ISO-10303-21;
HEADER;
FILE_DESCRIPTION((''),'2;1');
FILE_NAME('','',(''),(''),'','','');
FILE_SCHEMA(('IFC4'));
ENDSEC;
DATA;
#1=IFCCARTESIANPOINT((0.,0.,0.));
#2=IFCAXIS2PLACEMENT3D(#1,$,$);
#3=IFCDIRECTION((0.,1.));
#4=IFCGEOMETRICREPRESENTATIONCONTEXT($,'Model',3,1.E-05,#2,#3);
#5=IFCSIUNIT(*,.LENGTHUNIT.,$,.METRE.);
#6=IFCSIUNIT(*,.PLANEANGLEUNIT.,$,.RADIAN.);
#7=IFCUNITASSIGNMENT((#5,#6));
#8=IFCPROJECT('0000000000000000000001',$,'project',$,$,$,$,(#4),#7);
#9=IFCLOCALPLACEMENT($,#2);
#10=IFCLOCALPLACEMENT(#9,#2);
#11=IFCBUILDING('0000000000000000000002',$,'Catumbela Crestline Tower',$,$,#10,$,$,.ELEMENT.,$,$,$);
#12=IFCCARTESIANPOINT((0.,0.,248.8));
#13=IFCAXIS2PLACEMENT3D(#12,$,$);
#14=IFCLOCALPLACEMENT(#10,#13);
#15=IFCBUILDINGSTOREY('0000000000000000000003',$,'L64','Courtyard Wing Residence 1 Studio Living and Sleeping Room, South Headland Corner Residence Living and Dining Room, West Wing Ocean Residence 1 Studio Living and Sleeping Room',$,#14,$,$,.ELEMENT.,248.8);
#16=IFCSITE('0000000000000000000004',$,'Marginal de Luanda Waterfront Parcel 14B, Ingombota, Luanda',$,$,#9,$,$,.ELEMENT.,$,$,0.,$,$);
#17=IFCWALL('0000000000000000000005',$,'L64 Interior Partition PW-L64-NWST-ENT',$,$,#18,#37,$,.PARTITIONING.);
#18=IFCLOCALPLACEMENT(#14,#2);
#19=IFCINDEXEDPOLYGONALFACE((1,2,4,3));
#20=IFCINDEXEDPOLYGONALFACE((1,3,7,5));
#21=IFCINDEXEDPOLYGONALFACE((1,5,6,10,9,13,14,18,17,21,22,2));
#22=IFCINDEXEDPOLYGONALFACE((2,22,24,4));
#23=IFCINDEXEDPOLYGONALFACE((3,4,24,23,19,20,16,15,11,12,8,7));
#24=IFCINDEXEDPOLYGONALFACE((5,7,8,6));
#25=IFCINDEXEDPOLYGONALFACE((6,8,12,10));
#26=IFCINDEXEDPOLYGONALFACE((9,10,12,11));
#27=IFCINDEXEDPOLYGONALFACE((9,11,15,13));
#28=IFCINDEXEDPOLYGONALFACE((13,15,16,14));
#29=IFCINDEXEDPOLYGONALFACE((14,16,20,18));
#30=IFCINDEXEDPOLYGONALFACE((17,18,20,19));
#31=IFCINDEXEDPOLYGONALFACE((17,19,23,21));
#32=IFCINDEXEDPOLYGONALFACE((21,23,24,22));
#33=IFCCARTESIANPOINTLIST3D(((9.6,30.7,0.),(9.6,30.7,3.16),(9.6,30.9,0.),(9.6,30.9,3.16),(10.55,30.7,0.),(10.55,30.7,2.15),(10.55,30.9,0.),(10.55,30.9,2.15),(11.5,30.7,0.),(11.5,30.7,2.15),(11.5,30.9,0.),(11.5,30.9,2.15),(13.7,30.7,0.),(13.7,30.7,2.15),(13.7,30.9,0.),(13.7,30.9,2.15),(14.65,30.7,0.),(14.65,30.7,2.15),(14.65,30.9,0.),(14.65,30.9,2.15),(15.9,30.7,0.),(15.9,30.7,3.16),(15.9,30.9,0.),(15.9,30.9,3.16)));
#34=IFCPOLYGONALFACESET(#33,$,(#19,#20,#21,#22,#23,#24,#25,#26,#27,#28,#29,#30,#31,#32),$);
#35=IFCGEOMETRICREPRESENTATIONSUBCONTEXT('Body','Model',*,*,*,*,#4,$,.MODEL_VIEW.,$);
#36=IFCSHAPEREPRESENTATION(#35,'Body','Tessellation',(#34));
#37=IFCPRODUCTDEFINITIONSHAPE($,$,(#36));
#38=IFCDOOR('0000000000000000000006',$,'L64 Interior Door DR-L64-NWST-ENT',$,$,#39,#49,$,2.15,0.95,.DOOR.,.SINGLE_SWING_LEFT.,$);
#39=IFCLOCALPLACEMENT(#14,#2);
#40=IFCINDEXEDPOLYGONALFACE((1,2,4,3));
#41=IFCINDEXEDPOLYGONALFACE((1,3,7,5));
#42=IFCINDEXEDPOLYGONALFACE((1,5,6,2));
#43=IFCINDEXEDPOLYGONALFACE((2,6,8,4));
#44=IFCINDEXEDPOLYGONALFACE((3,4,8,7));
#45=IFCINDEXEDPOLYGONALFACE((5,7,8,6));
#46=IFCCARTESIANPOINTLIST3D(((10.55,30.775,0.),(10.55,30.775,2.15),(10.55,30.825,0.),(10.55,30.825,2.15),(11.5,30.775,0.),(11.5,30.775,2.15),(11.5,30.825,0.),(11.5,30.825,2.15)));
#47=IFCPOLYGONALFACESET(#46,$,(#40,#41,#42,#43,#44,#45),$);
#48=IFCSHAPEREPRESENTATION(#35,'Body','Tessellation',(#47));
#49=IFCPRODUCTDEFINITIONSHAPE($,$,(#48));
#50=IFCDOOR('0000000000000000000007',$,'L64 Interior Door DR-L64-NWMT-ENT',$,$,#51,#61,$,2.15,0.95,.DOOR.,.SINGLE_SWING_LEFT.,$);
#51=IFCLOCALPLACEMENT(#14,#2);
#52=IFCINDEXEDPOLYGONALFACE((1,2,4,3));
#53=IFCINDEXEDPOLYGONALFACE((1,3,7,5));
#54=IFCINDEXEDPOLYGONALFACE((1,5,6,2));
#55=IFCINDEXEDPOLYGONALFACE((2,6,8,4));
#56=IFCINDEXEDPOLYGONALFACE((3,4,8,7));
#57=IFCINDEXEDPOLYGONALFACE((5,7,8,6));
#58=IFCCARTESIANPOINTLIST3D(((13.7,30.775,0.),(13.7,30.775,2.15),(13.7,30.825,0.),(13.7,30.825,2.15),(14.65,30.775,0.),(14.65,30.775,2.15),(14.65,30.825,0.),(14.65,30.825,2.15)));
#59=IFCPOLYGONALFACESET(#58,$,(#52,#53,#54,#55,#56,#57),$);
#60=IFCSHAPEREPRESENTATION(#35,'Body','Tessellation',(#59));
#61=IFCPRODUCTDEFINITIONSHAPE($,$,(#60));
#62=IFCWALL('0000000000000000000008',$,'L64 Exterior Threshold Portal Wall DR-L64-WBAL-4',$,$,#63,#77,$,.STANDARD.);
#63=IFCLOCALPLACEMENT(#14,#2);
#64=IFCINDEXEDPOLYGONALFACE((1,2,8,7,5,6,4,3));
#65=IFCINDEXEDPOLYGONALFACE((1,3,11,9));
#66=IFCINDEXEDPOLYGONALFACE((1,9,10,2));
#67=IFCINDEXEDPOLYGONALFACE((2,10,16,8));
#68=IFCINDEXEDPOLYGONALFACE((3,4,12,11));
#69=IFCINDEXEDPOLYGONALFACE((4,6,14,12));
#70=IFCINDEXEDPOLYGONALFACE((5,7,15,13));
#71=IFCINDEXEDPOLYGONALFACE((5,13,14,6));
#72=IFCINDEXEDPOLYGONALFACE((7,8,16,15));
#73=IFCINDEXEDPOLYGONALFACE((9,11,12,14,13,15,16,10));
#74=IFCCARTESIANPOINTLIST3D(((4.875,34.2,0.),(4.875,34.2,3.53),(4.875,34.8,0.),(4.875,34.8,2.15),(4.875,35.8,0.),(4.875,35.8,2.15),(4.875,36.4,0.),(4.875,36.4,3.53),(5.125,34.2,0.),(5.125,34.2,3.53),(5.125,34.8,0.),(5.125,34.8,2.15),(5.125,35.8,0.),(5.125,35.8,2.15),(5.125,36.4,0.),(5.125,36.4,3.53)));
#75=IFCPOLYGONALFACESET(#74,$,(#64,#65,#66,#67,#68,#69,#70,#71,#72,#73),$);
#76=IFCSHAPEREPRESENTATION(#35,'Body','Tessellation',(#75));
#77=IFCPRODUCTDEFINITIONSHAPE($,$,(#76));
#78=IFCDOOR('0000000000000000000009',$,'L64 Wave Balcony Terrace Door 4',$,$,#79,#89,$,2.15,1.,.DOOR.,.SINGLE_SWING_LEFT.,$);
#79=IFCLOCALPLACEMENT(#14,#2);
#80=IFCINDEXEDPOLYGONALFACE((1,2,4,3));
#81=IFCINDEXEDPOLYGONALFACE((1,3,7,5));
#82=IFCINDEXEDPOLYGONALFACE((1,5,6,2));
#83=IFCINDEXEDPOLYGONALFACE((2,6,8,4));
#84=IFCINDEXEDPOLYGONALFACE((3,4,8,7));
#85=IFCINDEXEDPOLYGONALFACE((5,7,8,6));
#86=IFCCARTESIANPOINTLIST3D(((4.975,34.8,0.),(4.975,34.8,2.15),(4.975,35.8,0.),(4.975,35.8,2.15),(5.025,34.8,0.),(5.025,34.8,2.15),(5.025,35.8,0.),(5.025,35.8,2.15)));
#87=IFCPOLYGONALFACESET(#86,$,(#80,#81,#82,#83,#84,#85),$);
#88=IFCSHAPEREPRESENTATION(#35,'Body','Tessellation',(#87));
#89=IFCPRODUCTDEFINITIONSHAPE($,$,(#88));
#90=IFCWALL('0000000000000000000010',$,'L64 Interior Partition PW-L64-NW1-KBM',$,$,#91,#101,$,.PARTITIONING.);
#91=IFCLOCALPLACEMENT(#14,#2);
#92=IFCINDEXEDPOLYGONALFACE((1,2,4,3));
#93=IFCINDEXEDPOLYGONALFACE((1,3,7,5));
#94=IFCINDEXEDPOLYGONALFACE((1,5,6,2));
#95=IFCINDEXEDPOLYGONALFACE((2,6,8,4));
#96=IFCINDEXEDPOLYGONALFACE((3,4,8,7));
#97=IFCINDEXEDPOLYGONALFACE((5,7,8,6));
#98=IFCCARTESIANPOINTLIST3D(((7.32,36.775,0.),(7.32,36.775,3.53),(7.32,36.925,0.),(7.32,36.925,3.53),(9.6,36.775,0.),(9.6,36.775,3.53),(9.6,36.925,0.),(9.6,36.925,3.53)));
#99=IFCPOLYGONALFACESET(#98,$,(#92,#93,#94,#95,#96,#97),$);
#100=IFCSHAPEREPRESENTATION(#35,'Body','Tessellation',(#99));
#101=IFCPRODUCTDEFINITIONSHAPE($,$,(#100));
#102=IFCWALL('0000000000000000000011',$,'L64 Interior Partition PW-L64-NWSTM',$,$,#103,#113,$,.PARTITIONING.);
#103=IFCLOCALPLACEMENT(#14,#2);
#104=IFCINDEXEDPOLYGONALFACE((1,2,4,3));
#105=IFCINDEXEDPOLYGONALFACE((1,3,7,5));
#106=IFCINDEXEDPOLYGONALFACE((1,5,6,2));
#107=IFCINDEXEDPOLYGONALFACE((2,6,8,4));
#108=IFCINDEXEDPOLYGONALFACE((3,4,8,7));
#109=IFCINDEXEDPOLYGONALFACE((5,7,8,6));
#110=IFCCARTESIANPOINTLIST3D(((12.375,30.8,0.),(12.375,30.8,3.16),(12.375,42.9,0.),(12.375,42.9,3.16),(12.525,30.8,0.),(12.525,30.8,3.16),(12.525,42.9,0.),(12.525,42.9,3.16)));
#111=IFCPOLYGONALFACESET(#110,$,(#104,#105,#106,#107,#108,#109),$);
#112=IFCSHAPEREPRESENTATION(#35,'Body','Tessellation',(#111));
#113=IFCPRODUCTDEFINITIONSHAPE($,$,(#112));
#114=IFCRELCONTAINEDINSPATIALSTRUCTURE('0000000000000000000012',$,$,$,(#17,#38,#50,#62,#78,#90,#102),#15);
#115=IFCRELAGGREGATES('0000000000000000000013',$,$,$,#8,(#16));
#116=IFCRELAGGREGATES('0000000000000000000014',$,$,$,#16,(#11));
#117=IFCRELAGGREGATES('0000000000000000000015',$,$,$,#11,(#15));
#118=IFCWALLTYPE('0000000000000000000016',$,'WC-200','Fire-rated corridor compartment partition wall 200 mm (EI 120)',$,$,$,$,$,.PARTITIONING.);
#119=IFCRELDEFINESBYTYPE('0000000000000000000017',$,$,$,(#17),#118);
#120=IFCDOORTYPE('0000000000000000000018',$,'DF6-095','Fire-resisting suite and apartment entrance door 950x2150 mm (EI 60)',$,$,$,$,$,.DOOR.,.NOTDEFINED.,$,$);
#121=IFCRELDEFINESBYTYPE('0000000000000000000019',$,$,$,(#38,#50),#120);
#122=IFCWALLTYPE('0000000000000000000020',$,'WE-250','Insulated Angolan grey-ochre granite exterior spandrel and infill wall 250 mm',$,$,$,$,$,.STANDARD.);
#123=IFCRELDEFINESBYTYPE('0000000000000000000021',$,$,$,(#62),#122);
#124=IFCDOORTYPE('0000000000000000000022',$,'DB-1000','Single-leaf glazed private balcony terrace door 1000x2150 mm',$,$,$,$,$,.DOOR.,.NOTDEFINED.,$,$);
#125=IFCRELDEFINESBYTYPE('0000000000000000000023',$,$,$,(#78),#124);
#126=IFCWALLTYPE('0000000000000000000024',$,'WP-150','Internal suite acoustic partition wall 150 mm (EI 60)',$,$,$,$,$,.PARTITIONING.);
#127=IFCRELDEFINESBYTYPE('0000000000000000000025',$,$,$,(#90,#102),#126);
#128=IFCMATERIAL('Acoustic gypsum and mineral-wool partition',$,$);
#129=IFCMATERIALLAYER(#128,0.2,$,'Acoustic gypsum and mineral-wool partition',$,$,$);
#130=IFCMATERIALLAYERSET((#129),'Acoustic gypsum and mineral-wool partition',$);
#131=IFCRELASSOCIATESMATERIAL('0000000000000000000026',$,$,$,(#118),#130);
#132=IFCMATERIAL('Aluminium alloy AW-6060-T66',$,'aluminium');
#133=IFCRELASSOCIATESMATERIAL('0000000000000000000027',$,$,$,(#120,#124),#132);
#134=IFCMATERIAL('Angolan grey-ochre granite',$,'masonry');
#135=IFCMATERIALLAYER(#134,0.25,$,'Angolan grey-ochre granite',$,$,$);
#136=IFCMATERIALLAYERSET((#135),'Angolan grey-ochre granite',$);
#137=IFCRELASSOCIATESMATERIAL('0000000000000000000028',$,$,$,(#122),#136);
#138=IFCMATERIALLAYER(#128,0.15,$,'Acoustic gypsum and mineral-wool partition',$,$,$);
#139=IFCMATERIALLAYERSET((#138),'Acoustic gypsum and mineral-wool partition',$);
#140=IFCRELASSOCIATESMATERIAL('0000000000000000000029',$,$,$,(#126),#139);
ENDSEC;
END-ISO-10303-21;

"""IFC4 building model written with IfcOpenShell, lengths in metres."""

from ifc_helpers import new_model, si_unit, direction, frame, frame_2d, origin, place, context, subcontext, project, spatial, rectangle, extrude, material, layer, layer_set, type_object, element, fill, save


model = new_model("IFC4")

# Units and contexts
model_context = context("Model", 3, precision=1e-05, world=origin(), true_north=direction((0.0, 1.0)))
body_context = subcontext(model_context, "Body", "Model", "MODEL_VIEW")
ifc_project = project(units=[si_unit("LENGTHUNIT", "METRE"), si_unit("PLANEANGLEUNIT", "RADIAN")], contexts=[model_context])

# Site, building, storey
site_placement = place(None, origin())
site = spatial("IfcSite", under=ifc_project, at=site_placement, Name="Marginal de Luanda Waterfront Parcel 14B, Ingombota, Luanda", CompositionType="ELEMENT", RefElevation=0.0)
building_placement = place(site_placement, origin())
building = spatial("IfcBuilding", under=site, at=building_placement, Name="Catumbela Crestline Tower", CompositionType="ELEMENT")
storey_placement = place(building_placement, frame((0.0, 0.0, 248.8)))
storey = spatial("IfcBuildingStorey", under=building, at=storey_placement, Name="L64", Description="Courtyard Wing Residence 1 Studio Living and Sleeping Room, South Headland Corner Residence Living and Dining Room, West Wing Ocean Residence 1 Studio Living and Sleeping Room", CompositionType="ELEMENT", Elevation=248.8)

# Shared definitions
ifc_material_1 = material(Name="Aluminium alloy AW-6060-T66", Category="aluminium")

# Wall, openings, doors
ifc_material_2 = material(Name="Acoustic gypsum and mineral-wool partition")
ifc_layer_1 = layer(ifc_material_2, 0.2, Name="Acoustic gypsum and mineral-wool partition")
ifc_layer_set_1 = layer_set([ifc_layer_1], Name="Acoustic gypsum and mineral-wool partition")
wall_type_1 = type_object("IfcWallType", Name="WC-200", Description="Fire-rated corridor compartment partition wall 200 mm (EI 120)", PredefinedType="PARTITIONING", material=ifc_layer_set_1)
wall_1_placement = place(storey_placement, frame((9.6, 30.8, 0.0), z_axis=(0.0, 0.0, 1.0), x_axis=(1.0, 0.0, 0.0)))
wall_1 = element("IfcWall", 1, at=wall_1_placement, inside=storey, type_object=wall_type_1, Name="L64 Interior Partition PW-L64-NWST-ENT", PredefinedType="PARTITIONING", context=body_context, shape_type="SweptSolid", body=[
    extrude(rectangle(XDim=6.3, YDim=0.2, at=frame_2d((3.15, 0.0))), origin(), (0.0, 0.0, 1.0), 3.16),
])
opening_1_placement = place(wall_1_placement, frame((0.95, 0.0, 0.0)))
opening_1 = element("IfcOpeningElement", 2, at=opening_1_placement, cuts=wall_1, PredefinedType="OPENING", context=body_context, shape_type="SweptSolid", body=[
    extrude(rectangle(XDim=0.95, YDim=2.15, at=frame_2d((0.475, 1.075))), frame((0.0, 0.11, 0.0), z_axis=(0.0, -1.0, 0.0), x_axis=(1.0, 0.0, 0.0)), (0.0, 0.0, 1.0), 0.22),
])
opening_2_placement = place(wall_1_placement, frame((4.1, 0.0, 0.0)))
opening_2 = element("IfcOpeningElement", 3, at=opening_2_placement, cuts=wall_1, PredefinedType="OPENING", context=body_context, shape_type="SweptSolid", body=[
    extrude(rectangle(XDim=0.95, YDim=2.15, at=frame_2d((0.475, 1.075))), frame((0.0, 0.11, 0.0), z_axis=(0.0, -1.0, 0.0), x_axis=(1.0, 0.0, 0.0)), (0.0, 0.0, 1.0), 0.22),
])
door_type_1 = type_object("IfcDoorType", Name="DF6-095", Description="Fire-resisting suite and apartment entrance door 950x2150 mm (EI 60)", OperationType="NOTDEFINED", PredefinedType="DOOR", material=ifc_material_1)
door_1_placement = place(opening_1_placement, origin())
door_1 = element("IfcDoor", 4, at=door_1_placement, inside=storey, type_object=door_type_1, Name="L64 Interior Door DR-L64-NWST-ENT", OperationType="SINGLE_SWING_LEFT", OverallHeight=2.15, OverallWidth=0.95, PredefinedType="DOOR", context=body_context, shape_type="SweptSolid", body=[
    extrude(rectangle(XDim=0.95, YDim=2.15, at=frame_2d((0.475, 1.075))), frame((0.0, 0.025, 0.0), z_axis=(0.0, -1.0, 0.0), x_axis=(1.0, 0.0, 0.0)), (0.0, 0.0, 1.0), 0.05),
])
fill(opening_1, door_1)
door_2_placement = place(opening_2_placement, origin())
door_2 = element("IfcDoor", 5, at=door_2_placement, inside=storey, type_object=door_type_1, Name="L64 Interior Door DR-L64-NWMT-ENT", OperationType="SINGLE_SWING_LEFT", OverallHeight=2.15, OverallWidth=0.95, PredefinedType="DOOR", context=body_context, shape_type="SweptSolid", body=[
    extrude(rectangle(XDim=0.95, YDim=2.15, at=frame_2d((0.475, 1.075))), frame((0.0, 0.025, 0.0), z_axis=(0.0, -1.0, 0.0), x_axis=(1.0, 0.0, 0.0)), (0.0, 0.0, 1.0), 0.05),
])
fill(opening_2, door_2)

# Wall, opening, door
ifc_material_3 = material(Name="Angolan grey-ochre granite", Category="masonry")
ifc_layer_2 = layer(ifc_material_3, 0.25, Name="Angolan grey-ochre granite")
ifc_layer_set_2 = layer_set([ifc_layer_2], Name="Angolan grey-ochre granite")
wall_type_2 = type_object("IfcWallType", Name="WE-250", Description="Insulated Angolan grey-ochre granite exterior spandrel and infill wall 250 mm", PredefinedType="STANDARD", material=ifc_layer_set_2)
wall_2_placement = place(storey_placement, frame((5.0, 36.4, 0.0), z_axis=(0.0, 0.0, 1.0), x_axis=(0.0, -1.0, 0.0)))
wall_2 = element("IfcWall", 6, at=wall_2_placement, inside=storey, type_object=wall_type_2, Name="L64 Exterior Threshold Portal Wall DR-L64-WBAL-4", PredefinedType="STANDARD", context=body_context, shape_type="SweptSolid", body=[
    extrude(rectangle(XDim=2.2, YDim=0.25, at=frame_2d((1.1, 0.0))), origin(), (0.0, 0.0, 1.0), 3.53),
])
opening_3_placement = place(wall_2_placement, frame((0.6, 0.0, 0.0)))
opening_3 = element("IfcOpeningElement", 7, at=opening_3_placement, cuts=wall_2, PredefinedType="OPENING", context=body_context, shape_type="SweptSolid", body=[
    extrude(rectangle(XDim=1.0, YDim=2.15, at=frame_2d((0.5, 1.075))), frame((0.0, 0.135, 0.0), z_axis=(0.0, -1.0, 0.0), x_axis=(1.0, 0.0, 0.0)), (0.0, 0.0, 1.0), 0.27),
])
door_type_2 = type_object("IfcDoorType", Name="DB-1000", Description="Single-leaf glazed private balcony terrace door 1000x2150 mm", OperationType="NOTDEFINED", PredefinedType="DOOR", material=ifc_material_1)
door_3_placement = place(opening_3_placement, origin())
door_3 = element("IfcDoor", 8, at=door_3_placement, inside=storey, type_object=door_type_2, Name="L64 Wave Balcony Terrace Door 4", OperationType="SINGLE_SWING_LEFT", OverallHeight=2.15, OverallWidth=1.0, PredefinedType="DOOR", context=body_context, shape_type="SweptSolid", body=[
    extrude(rectangle(XDim=1.0, YDim=2.15, at=frame_2d((0.5, 1.075))), frame((0.0, 0.025, 0.0), z_axis=(0.0, -1.0, 0.0), x_axis=(1.0, 0.0, 0.0)), (0.0, 0.0, 1.0), 0.05),
])
fill(opening_3, door_3)

# Walls
ifc_layer_3 = layer(ifc_material_2, 0.15, Name="Acoustic gypsum and mineral-wool partition")
ifc_layer_set_3 = layer_set([ifc_layer_3], Name="Acoustic gypsum and mineral-wool partition")
wall_type_3 = type_object("IfcWallType", Name="WP-150", Description="Internal suite acoustic partition wall 150 mm (EI 60)", PredefinedType="PARTITIONING", material=ifc_layer_set_3)
wall_3_placement = place(storey_placement, frame((7.32, 36.85, 0.0), z_axis=(0.0, 0.0, 1.0), x_axis=(1.0, 0.0, 0.0)))
element("IfcWall", 9, at=wall_3_placement, inside=storey, type_object=wall_type_3, Name="L64 Interior Partition PW-L64-NW1-KBM", PredefinedType="PARTITIONING", context=body_context, shape_type="SweptSolid", body=[
    extrude(rectangle(XDim=2.28, YDim=0.15, at=frame_2d((1.14, 0.0))), origin(), (0.0, 0.0, 1.0), 3.53),
])
wall_4_placement = place(storey_placement, frame((12.45, 30.8, 0.0), z_axis=(0.0, 0.0, 1.0), x_axis=(0.0, 1.0, 0.0)))
element("IfcWall", 10, at=wall_4_placement, inside=storey, type_object=wall_type_3, Name="L64 Interior Partition PW-L64-NWSTM", PredefinedType="PARTITIONING", context=body_context, shape_type="SweptSolid", body=[
    extrude(rectangle(XDim=12.1, YDim=0.15, at=frame_2d((6.05, 0.0))), origin(), (0.0, 0.0, 1.0), 3.16),
])

save(model, "model.ifc")
